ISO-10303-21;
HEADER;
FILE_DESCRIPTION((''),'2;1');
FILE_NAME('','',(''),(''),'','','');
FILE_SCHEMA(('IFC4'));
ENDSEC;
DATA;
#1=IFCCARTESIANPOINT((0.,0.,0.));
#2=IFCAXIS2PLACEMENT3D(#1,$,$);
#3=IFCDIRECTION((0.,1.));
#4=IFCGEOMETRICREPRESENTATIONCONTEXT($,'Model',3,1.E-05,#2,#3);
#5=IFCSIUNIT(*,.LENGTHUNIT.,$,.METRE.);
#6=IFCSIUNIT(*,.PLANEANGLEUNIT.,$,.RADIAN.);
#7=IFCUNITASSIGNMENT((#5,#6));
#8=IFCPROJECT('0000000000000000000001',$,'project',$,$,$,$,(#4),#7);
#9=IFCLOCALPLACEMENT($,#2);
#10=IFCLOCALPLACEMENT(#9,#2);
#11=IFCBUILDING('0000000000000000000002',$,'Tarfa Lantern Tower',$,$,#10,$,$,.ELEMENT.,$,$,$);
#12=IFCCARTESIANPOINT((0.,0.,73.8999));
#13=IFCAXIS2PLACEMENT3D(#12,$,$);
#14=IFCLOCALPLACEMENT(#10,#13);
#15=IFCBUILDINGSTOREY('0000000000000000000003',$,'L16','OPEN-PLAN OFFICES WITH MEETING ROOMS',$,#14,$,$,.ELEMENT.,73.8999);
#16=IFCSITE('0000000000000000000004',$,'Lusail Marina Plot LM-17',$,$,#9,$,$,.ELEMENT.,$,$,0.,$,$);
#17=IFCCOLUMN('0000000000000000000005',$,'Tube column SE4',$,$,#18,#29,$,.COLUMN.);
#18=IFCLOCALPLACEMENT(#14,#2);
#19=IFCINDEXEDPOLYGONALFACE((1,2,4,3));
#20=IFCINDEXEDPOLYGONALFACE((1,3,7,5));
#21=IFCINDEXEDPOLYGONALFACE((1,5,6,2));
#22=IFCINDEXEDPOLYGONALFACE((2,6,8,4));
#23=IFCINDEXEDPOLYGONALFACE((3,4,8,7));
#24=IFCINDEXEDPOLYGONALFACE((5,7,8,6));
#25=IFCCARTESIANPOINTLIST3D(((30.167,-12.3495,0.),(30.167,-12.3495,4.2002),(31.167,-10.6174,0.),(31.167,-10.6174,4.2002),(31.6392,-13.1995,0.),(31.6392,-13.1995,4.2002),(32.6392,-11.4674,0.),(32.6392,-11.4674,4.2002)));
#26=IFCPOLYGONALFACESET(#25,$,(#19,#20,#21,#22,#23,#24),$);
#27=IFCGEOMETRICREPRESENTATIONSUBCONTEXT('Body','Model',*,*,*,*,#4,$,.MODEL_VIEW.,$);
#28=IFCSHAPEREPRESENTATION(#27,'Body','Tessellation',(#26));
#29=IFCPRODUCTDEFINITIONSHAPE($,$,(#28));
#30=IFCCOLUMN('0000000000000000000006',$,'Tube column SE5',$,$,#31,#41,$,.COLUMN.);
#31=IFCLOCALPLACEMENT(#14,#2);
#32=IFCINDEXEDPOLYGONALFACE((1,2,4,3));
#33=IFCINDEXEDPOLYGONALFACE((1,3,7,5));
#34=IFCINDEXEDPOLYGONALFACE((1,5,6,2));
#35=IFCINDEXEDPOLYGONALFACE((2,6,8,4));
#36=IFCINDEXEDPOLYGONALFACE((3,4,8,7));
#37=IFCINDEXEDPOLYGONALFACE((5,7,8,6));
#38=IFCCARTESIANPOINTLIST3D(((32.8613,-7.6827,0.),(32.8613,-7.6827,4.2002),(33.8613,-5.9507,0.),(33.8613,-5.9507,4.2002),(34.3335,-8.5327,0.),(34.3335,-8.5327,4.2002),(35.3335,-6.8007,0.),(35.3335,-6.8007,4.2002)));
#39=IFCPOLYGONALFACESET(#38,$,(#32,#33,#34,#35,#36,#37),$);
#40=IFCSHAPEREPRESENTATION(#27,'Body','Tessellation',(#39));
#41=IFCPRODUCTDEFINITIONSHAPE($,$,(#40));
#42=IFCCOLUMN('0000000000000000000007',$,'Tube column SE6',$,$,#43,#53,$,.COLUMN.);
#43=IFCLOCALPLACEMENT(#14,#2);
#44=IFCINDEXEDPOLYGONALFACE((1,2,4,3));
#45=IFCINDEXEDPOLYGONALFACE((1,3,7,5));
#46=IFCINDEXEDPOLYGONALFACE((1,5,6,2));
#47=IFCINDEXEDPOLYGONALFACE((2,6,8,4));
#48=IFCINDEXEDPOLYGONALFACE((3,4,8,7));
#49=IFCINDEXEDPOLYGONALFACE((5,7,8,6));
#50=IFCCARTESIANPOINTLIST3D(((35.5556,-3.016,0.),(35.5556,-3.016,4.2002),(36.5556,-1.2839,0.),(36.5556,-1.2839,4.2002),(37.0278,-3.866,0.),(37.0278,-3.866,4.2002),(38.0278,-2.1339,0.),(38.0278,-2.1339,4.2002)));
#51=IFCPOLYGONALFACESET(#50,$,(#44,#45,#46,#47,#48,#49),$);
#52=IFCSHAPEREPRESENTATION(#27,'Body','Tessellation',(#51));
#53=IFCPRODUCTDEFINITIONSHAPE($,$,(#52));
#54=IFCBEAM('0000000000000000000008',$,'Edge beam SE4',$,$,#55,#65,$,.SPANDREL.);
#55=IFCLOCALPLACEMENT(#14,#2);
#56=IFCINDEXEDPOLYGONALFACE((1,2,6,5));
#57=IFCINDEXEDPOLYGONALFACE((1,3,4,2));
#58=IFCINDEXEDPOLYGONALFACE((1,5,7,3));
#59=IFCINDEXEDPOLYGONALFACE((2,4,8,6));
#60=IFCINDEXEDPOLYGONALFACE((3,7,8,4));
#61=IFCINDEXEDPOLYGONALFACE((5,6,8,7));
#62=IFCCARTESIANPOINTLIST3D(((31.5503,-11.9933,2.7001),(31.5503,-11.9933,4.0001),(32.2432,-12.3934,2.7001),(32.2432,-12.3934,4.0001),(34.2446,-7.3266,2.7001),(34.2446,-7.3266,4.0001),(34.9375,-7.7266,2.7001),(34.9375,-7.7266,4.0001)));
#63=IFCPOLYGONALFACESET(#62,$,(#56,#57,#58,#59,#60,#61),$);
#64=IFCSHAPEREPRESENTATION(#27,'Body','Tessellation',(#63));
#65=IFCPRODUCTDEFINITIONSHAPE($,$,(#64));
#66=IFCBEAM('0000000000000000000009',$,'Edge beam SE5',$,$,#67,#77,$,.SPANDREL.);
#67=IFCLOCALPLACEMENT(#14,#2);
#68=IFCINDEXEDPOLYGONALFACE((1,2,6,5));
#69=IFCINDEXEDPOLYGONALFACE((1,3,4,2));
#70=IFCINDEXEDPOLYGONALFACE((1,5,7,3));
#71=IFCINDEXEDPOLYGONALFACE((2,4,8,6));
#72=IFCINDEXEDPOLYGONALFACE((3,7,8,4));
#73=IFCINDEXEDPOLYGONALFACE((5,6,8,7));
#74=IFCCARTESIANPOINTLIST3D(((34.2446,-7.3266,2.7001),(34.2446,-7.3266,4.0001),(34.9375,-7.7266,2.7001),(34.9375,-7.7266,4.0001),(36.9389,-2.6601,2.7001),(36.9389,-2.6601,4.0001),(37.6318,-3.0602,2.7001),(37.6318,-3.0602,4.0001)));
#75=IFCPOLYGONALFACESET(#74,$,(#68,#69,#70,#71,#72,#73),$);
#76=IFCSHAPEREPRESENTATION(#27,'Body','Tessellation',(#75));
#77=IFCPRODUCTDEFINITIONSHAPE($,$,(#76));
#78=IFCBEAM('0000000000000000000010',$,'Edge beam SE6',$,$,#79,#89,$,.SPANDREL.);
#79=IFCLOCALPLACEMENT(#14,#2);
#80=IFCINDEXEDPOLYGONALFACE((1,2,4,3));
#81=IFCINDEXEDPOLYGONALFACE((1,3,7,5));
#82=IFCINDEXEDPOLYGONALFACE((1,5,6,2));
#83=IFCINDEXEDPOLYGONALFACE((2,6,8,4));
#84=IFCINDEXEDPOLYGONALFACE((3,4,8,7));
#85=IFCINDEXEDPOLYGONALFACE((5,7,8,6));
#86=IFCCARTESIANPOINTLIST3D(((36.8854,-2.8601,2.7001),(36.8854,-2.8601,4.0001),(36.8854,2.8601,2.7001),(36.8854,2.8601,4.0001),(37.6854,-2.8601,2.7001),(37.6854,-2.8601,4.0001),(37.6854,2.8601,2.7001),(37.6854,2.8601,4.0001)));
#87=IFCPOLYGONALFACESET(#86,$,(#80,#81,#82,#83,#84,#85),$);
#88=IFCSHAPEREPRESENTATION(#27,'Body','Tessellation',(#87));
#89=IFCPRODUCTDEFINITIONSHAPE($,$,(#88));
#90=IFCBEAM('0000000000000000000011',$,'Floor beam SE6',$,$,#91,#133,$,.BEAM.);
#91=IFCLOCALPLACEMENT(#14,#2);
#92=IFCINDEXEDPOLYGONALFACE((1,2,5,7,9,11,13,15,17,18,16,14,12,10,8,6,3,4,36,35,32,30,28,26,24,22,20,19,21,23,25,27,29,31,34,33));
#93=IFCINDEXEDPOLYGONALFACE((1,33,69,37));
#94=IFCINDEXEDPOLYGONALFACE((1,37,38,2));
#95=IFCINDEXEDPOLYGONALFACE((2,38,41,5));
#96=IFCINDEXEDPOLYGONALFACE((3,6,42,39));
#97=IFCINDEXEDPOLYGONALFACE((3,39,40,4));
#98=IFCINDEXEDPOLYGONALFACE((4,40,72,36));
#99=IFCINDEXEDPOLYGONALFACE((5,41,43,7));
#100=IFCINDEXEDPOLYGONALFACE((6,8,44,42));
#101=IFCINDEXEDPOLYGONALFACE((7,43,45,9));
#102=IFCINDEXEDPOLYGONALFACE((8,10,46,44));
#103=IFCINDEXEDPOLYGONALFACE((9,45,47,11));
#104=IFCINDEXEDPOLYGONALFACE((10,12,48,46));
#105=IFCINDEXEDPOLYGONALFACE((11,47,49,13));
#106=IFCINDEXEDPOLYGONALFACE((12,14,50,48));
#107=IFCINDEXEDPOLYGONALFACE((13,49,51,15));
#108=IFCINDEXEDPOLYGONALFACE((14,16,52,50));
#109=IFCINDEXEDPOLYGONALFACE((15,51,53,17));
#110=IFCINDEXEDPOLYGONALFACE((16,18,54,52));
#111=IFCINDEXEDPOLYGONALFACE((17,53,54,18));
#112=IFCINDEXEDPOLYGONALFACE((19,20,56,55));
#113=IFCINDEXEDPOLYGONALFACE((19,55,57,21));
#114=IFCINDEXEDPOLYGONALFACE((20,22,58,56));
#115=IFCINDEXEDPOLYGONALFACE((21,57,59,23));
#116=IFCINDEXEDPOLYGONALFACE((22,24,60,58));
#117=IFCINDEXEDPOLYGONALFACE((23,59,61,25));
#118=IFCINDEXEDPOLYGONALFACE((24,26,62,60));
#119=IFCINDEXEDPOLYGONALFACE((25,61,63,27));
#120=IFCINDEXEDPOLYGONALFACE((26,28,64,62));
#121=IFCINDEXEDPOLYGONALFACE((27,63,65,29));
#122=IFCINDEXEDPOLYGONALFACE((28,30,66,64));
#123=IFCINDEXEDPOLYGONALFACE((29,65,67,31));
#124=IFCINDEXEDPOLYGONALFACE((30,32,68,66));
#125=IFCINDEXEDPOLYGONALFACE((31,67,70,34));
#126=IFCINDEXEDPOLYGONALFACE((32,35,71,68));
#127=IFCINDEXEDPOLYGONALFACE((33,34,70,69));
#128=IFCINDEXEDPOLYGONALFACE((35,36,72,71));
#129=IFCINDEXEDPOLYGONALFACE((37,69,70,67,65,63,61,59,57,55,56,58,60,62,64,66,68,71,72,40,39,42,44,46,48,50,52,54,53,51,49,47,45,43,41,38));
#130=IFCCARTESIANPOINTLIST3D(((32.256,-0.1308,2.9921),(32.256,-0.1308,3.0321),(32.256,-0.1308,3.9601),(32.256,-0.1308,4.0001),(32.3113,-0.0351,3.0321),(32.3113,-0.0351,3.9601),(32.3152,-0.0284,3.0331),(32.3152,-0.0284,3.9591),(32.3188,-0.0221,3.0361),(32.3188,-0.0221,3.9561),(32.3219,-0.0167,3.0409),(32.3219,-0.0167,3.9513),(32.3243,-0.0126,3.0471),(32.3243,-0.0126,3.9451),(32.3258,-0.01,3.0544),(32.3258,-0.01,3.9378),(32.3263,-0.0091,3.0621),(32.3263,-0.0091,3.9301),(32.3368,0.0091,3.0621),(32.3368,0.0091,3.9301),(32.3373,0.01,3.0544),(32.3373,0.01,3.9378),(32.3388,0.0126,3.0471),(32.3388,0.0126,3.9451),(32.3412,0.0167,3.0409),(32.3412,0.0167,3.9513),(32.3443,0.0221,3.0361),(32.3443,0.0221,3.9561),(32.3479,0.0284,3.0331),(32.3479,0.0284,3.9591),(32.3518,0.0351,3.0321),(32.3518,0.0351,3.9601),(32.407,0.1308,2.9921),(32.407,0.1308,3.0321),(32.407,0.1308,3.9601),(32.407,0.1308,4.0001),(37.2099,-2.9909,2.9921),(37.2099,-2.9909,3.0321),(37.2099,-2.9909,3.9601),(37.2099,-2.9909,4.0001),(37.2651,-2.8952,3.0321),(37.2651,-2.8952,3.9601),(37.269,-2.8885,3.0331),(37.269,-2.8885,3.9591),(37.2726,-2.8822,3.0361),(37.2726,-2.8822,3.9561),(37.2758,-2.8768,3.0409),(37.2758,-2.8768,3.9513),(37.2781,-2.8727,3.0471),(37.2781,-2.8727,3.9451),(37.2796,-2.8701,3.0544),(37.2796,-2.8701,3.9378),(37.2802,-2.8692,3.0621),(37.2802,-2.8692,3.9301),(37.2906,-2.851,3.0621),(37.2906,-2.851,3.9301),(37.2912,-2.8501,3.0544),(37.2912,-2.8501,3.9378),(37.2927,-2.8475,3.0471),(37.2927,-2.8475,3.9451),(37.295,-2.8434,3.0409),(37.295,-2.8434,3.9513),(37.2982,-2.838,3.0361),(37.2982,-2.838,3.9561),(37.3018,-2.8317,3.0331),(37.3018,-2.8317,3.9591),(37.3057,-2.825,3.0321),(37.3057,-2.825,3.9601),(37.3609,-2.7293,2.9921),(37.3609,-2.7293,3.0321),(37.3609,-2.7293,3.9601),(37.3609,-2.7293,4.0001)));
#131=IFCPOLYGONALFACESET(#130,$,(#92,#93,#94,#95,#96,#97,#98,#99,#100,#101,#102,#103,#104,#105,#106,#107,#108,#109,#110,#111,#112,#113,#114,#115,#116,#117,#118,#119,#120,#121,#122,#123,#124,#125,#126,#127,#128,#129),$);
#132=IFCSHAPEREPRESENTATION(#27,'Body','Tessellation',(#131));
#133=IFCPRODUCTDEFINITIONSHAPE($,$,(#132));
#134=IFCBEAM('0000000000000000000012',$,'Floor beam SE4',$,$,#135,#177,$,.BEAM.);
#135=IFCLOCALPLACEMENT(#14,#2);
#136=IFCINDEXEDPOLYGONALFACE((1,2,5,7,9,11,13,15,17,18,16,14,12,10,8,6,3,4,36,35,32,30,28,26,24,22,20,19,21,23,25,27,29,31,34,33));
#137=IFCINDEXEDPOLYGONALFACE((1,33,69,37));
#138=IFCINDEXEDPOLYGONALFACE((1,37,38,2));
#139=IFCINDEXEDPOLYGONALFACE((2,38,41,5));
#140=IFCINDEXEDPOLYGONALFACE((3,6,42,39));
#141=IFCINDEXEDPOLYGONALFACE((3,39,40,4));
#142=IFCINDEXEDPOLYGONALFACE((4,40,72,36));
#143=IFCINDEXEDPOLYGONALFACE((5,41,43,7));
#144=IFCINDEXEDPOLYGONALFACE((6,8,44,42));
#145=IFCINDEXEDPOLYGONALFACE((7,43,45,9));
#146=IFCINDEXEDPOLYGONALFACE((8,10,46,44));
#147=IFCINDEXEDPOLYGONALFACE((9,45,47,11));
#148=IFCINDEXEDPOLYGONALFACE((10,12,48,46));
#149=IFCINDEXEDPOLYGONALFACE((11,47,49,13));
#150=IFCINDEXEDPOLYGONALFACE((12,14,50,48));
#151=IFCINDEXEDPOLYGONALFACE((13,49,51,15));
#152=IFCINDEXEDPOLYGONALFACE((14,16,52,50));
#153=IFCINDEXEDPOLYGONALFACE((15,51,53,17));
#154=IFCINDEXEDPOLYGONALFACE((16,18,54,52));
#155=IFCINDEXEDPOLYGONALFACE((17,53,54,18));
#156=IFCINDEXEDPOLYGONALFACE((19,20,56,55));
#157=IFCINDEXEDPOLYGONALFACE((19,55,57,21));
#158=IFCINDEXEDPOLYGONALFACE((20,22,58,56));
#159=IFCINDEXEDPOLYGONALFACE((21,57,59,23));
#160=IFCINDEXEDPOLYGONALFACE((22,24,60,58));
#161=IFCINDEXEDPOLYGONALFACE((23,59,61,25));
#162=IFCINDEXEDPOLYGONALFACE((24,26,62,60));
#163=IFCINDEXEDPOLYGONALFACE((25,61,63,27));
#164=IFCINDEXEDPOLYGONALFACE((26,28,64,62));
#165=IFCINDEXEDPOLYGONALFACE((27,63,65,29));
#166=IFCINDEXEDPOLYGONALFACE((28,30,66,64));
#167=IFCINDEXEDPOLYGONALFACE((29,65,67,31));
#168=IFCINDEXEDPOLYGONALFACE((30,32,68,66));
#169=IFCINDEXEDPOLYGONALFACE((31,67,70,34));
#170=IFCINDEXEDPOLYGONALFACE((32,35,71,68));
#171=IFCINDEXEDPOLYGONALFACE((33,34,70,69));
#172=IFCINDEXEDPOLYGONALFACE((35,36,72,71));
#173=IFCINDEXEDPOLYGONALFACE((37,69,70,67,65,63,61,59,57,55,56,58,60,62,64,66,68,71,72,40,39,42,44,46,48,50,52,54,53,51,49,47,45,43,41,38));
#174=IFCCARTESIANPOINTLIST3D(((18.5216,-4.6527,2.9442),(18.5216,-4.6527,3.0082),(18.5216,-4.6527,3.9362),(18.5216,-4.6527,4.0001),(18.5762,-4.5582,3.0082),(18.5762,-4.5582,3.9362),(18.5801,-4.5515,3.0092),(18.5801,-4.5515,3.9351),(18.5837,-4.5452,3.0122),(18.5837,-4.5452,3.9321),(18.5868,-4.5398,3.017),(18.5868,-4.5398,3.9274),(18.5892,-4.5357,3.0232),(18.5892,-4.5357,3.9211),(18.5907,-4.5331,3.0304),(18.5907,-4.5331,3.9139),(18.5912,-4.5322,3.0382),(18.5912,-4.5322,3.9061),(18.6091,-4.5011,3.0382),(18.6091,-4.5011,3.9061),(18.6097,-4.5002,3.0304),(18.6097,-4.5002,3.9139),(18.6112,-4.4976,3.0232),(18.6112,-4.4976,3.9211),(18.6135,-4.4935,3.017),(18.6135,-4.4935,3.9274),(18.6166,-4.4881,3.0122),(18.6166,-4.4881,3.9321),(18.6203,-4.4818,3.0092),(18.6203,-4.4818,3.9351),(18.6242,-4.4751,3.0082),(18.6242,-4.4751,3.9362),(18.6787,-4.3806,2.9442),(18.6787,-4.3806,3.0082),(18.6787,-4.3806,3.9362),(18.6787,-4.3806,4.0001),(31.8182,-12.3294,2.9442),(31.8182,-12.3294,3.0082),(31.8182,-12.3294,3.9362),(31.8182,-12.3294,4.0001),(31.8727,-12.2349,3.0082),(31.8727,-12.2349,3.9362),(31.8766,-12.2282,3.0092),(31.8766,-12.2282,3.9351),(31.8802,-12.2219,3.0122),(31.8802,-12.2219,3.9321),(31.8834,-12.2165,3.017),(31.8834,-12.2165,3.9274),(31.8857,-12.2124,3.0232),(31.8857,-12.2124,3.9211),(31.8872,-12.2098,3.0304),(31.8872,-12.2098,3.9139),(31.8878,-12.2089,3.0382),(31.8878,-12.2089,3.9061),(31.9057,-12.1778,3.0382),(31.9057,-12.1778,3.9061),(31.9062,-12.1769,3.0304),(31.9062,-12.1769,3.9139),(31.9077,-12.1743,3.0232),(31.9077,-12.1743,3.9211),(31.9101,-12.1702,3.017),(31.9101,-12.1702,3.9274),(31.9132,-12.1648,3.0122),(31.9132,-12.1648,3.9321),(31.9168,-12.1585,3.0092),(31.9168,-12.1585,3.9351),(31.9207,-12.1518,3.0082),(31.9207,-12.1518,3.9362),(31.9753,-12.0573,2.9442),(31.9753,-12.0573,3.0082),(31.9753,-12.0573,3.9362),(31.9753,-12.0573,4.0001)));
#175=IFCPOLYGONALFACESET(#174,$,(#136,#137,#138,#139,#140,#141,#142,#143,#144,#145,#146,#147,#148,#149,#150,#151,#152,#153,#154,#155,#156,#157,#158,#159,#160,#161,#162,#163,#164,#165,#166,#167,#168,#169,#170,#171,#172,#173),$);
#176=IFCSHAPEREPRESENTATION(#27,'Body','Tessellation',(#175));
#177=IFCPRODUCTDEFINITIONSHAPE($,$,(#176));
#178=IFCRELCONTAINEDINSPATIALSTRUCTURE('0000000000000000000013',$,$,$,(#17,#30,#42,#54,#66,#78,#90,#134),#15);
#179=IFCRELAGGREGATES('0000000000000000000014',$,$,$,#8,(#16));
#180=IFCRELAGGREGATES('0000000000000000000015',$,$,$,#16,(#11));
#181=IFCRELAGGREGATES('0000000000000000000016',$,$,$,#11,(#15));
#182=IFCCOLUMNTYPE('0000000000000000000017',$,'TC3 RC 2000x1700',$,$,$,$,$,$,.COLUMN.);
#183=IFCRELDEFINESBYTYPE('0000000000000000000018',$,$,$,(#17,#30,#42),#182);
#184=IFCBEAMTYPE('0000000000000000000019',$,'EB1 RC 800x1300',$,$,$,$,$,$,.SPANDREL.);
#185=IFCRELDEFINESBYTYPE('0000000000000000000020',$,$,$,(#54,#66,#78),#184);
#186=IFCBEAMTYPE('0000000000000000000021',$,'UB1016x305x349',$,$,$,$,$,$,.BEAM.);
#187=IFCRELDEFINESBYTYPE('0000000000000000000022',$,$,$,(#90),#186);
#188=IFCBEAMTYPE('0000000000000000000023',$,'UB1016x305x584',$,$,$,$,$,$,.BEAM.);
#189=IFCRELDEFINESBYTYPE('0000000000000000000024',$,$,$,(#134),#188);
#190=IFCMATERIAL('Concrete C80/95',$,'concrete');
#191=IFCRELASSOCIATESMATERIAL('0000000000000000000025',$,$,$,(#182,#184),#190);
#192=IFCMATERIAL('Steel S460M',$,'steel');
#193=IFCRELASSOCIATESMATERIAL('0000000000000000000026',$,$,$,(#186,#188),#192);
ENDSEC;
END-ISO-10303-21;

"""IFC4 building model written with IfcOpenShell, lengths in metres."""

from ifc_helpers import new_model, si_unit, direction, frame, origin, origin_2d, place, context, subcontext, project, spatial, rectangle, i_section, extrude, material, material_profile, profile_set, type_object, element, save


model = new_model("IFC4")

# Units and contexts
model_context = context("Model", 3, precision=1e-05, world=origin(), true_north=direction((0.0, 1.0)))
body_context = subcontext(model_context, "Body", "Model", "MODEL_VIEW")
ifc_project = project(units=[si_unit("LENGTHUNIT", "METRE"), si_unit("PLANEANGLEUNIT", "RADIAN")], contexts=[model_context])

# Site, building, storey
site_placement = place(None, origin())
site = spatial("IfcSite", under=ifc_project, at=site_placement, Name="Lusail Marina Plot LM-17", CompositionType="ELEMENT", RefElevation=0.0)
building_placement = place(site_placement, origin())
building = spatial("IfcBuilding", under=site, at=building_placement, Name="Tarfa Lantern Tower", CompositionType="ELEMENT")
storey_placement = place(building_placement, frame((0.0, 0.0, 73.8999)))
storey = spatial("IfcBuildingStorey", under=building, at=storey_placement, Name="L16", Description="OPEN-PLAN OFFICES WITH MEETING ROOMS", CompositionType="ELEMENT", Elevation=73.8999)

# Columns
ifc_material_1 = material(Name="Concrete C80/95", Category="concrete")
ifc_material_profile_1 = material_profile(ifc_material_1, rectangle(XDim=2.0, YDim=1.7, at=origin_2d()), Name="RC 2000x1700")
ifc_profile_set_1 = profile_set([ifc_material_profile_1], Name="Concrete C80/95")
column_type = type_object("IfcColumnType", Name="TC3 RC 2000x1700", PredefinedType="COLUMN", material=ifc_profile_set_1)
for number, where, z_axis, x_axis, name in (
    (1, (31.4031, -11.9084, 0.0), (0.0, 0.0, 1.0), (0.5, 0.866025, 0.0), "Tube column SE4"),
    (2, (34.0974, -7.2417, 0.0), (0.0, 0.0, 1.0), (0.5, 0.866025, 0.0), "Tube column SE5"),
    (3, (36.7917, -2.575, 0.0), (0.0, 0.0, 1.0), (0.5, 0.866025, 0.0), "Tube column SE6"),
):
    element("IfcColumn", number, at=place(storey_placement, frame(where, z_axis=z_axis, x_axis=x_axis)), inside=storey, type_object=column_type, Name=name, PredefinedType="COLUMN", context=body_context, shape_type="SweptSolid", body=[
        extrude(rectangle(XDim=2.0, YDim=1.7, at=origin_2d()), origin(), (0.0, 0.0, 1.0), 4.2002),
    ])

# Beams
ifc_material_profile_2 = material_profile(ifc_material_1, rectangle(XDim=0.8, YDim=1.3, at=origin_2d()), Name="RC 800x1300")
ifc_profile_set_2 = profile_set([ifc_material_profile_2], Name="Concrete C80/95")
beam_type_1 = type_object("IfcBeamType", Name="EB1 RC 800x1300", PredefinedType="SPANDREL", material=ifc_profile_set_2)
beam_1_placement = place(storey_placement, frame((31.8967, -12.1934, 3.3501), z_axis=(0.499998, 0.866026, 0.0), x_axis=(-0.866026, 0.499998, 0.0)))
element("IfcBeam", 4, at=beam_1_placement, inside=storey, type_object=beam_type_1, Name="Edge beam SE4", PredefinedType="SPANDREL", context=body_context, shape_type="SweptSolid", body=[
    extrude(rectangle(XDim=0.8, YDim=1.3, at=origin_2d()), origin(), (0.0, 0.0, 1.0), 5.3887),
])
beam_2_placement = place(storey_placement, frame((34.5911, -7.5266, 3.3501), z_axis=(0.500018, 0.866015, 0.0), x_axis=(-0.866015, 0.500018, 0.0)))
element("IfcBeam", 5, at=beam_2_placement, inside=storey, type_object=beam_type_1, Name="Edge beam SE5", PredefinedType="SPANDREL", context=body_context, shape_type="SweptSolid", body=[
    extrude(rectangle(XDim=0.8, YDim=1.3, at=origin_2d()), origin(), (0.0, 0.0, 1.0), 5.3884),
])
beam_3_placement = place(storey_placement, frame((37.2854, -2.8601, 3.3501), z_axis=(0.0, 1.0, 0.0), x_axis=(-1.0, 0.0, 0.0)))
element("IfcBeam", 6, at=beam_3_placement, inside=storey, type_object=beam_type_1, Name="Edge beam SE6", PredefinedType="SPANDREL", context=body_context, shape_type="SweptSolid", body=[
    extrude(rectangle(XDim=0.8, YDim=1.3, at=origin_2d()), origin(), (0.0, 0.0, 1.0), 5.7202),
])
ifc_material_2 = material(Name="Steel S460M", Category="steel")
ifc_material_profile_3 = material_profile(ifc_material_2, i_section(OverallWidth=0.302, OverallDepth=1.0081, WebThickness=0.021, FlangeThickness=0.04, FilletRadius=0.03, at=origin_2d()), Name="UB1016x305x349")
ifc_profile_set_3 = profile_set([ifc_material_profile_3], Name="Steel S460M")
beam_type_2 = type_object("IfcBeamType", Name="UB1016x305x349", PredefinedType="BEAM", material=ifc_profile_set_3)
beam_4_placement = place(storey_placement, frame((37.2854, -2.8601, 3.4961), z_axis=(-0.866026, 0.5, 0.0), x_axis=(-0.5, -0.866026, 0.0)))
element("IfcBeam", 7, at=beam_4_placement, inside=storey, type_object=beam_type_2, Name="Floor beam SE6", PredefinedType="BEAM", context=body_context, shape_type="SweptSolid", body=[
    extrude(i_section(OverallWidth=0.302, OverallDepth=1.0081, WebThickness=0.021, FlangeThickness=0.04, FilletRadius=0.03, at=origin_2d()), origin(), (0.0, 0.0, 1.0), 5.7202),
])
ifc_material_profile_4 = material_profile(ifc_material_2, i_section(OverallWidth=0.3142, OverallDepth=1.0559, WebThickness=0.0359, FlangeThickness=0.064, FilletRadius=0.03, at=origin_2d()), Name="UB1016x305x584")
ifc_profile_set_4 = profile_set([ifc_material_profile_4], Name="Steel S460M")
beam_type_3 = type_object("IfcBeamType", Name="UB1016x305x584", PredefinedType="BEAM", material=ifc_profile_set_4)
beam_5_placement = place(storey_placement, frame((31.8967, -12.1934, 3.4722), z_axis=(-0.866027, 0.499997, 0.0), x_axis=(-0.499997, -0.866027, 0.0)))
element("IfcBeam", 8, at=beam_5_placement, inside=storey, type_object=beam_type_3, Name="Floor beam SE4", PredefinedType="BEAM", context=body_context, shape_type="SweptSolid", body=[
    extrude(i_section(OverallWidth=0.3142, OverallDepth=1.0559, WebThickness=0.0359, FlangeThickness=0.064, FilletRadius=0.03, at=origin_2d()), origin(), (0.0, 0.0, 1.0), 15.3535),
])

save(model, "model.ifc")
